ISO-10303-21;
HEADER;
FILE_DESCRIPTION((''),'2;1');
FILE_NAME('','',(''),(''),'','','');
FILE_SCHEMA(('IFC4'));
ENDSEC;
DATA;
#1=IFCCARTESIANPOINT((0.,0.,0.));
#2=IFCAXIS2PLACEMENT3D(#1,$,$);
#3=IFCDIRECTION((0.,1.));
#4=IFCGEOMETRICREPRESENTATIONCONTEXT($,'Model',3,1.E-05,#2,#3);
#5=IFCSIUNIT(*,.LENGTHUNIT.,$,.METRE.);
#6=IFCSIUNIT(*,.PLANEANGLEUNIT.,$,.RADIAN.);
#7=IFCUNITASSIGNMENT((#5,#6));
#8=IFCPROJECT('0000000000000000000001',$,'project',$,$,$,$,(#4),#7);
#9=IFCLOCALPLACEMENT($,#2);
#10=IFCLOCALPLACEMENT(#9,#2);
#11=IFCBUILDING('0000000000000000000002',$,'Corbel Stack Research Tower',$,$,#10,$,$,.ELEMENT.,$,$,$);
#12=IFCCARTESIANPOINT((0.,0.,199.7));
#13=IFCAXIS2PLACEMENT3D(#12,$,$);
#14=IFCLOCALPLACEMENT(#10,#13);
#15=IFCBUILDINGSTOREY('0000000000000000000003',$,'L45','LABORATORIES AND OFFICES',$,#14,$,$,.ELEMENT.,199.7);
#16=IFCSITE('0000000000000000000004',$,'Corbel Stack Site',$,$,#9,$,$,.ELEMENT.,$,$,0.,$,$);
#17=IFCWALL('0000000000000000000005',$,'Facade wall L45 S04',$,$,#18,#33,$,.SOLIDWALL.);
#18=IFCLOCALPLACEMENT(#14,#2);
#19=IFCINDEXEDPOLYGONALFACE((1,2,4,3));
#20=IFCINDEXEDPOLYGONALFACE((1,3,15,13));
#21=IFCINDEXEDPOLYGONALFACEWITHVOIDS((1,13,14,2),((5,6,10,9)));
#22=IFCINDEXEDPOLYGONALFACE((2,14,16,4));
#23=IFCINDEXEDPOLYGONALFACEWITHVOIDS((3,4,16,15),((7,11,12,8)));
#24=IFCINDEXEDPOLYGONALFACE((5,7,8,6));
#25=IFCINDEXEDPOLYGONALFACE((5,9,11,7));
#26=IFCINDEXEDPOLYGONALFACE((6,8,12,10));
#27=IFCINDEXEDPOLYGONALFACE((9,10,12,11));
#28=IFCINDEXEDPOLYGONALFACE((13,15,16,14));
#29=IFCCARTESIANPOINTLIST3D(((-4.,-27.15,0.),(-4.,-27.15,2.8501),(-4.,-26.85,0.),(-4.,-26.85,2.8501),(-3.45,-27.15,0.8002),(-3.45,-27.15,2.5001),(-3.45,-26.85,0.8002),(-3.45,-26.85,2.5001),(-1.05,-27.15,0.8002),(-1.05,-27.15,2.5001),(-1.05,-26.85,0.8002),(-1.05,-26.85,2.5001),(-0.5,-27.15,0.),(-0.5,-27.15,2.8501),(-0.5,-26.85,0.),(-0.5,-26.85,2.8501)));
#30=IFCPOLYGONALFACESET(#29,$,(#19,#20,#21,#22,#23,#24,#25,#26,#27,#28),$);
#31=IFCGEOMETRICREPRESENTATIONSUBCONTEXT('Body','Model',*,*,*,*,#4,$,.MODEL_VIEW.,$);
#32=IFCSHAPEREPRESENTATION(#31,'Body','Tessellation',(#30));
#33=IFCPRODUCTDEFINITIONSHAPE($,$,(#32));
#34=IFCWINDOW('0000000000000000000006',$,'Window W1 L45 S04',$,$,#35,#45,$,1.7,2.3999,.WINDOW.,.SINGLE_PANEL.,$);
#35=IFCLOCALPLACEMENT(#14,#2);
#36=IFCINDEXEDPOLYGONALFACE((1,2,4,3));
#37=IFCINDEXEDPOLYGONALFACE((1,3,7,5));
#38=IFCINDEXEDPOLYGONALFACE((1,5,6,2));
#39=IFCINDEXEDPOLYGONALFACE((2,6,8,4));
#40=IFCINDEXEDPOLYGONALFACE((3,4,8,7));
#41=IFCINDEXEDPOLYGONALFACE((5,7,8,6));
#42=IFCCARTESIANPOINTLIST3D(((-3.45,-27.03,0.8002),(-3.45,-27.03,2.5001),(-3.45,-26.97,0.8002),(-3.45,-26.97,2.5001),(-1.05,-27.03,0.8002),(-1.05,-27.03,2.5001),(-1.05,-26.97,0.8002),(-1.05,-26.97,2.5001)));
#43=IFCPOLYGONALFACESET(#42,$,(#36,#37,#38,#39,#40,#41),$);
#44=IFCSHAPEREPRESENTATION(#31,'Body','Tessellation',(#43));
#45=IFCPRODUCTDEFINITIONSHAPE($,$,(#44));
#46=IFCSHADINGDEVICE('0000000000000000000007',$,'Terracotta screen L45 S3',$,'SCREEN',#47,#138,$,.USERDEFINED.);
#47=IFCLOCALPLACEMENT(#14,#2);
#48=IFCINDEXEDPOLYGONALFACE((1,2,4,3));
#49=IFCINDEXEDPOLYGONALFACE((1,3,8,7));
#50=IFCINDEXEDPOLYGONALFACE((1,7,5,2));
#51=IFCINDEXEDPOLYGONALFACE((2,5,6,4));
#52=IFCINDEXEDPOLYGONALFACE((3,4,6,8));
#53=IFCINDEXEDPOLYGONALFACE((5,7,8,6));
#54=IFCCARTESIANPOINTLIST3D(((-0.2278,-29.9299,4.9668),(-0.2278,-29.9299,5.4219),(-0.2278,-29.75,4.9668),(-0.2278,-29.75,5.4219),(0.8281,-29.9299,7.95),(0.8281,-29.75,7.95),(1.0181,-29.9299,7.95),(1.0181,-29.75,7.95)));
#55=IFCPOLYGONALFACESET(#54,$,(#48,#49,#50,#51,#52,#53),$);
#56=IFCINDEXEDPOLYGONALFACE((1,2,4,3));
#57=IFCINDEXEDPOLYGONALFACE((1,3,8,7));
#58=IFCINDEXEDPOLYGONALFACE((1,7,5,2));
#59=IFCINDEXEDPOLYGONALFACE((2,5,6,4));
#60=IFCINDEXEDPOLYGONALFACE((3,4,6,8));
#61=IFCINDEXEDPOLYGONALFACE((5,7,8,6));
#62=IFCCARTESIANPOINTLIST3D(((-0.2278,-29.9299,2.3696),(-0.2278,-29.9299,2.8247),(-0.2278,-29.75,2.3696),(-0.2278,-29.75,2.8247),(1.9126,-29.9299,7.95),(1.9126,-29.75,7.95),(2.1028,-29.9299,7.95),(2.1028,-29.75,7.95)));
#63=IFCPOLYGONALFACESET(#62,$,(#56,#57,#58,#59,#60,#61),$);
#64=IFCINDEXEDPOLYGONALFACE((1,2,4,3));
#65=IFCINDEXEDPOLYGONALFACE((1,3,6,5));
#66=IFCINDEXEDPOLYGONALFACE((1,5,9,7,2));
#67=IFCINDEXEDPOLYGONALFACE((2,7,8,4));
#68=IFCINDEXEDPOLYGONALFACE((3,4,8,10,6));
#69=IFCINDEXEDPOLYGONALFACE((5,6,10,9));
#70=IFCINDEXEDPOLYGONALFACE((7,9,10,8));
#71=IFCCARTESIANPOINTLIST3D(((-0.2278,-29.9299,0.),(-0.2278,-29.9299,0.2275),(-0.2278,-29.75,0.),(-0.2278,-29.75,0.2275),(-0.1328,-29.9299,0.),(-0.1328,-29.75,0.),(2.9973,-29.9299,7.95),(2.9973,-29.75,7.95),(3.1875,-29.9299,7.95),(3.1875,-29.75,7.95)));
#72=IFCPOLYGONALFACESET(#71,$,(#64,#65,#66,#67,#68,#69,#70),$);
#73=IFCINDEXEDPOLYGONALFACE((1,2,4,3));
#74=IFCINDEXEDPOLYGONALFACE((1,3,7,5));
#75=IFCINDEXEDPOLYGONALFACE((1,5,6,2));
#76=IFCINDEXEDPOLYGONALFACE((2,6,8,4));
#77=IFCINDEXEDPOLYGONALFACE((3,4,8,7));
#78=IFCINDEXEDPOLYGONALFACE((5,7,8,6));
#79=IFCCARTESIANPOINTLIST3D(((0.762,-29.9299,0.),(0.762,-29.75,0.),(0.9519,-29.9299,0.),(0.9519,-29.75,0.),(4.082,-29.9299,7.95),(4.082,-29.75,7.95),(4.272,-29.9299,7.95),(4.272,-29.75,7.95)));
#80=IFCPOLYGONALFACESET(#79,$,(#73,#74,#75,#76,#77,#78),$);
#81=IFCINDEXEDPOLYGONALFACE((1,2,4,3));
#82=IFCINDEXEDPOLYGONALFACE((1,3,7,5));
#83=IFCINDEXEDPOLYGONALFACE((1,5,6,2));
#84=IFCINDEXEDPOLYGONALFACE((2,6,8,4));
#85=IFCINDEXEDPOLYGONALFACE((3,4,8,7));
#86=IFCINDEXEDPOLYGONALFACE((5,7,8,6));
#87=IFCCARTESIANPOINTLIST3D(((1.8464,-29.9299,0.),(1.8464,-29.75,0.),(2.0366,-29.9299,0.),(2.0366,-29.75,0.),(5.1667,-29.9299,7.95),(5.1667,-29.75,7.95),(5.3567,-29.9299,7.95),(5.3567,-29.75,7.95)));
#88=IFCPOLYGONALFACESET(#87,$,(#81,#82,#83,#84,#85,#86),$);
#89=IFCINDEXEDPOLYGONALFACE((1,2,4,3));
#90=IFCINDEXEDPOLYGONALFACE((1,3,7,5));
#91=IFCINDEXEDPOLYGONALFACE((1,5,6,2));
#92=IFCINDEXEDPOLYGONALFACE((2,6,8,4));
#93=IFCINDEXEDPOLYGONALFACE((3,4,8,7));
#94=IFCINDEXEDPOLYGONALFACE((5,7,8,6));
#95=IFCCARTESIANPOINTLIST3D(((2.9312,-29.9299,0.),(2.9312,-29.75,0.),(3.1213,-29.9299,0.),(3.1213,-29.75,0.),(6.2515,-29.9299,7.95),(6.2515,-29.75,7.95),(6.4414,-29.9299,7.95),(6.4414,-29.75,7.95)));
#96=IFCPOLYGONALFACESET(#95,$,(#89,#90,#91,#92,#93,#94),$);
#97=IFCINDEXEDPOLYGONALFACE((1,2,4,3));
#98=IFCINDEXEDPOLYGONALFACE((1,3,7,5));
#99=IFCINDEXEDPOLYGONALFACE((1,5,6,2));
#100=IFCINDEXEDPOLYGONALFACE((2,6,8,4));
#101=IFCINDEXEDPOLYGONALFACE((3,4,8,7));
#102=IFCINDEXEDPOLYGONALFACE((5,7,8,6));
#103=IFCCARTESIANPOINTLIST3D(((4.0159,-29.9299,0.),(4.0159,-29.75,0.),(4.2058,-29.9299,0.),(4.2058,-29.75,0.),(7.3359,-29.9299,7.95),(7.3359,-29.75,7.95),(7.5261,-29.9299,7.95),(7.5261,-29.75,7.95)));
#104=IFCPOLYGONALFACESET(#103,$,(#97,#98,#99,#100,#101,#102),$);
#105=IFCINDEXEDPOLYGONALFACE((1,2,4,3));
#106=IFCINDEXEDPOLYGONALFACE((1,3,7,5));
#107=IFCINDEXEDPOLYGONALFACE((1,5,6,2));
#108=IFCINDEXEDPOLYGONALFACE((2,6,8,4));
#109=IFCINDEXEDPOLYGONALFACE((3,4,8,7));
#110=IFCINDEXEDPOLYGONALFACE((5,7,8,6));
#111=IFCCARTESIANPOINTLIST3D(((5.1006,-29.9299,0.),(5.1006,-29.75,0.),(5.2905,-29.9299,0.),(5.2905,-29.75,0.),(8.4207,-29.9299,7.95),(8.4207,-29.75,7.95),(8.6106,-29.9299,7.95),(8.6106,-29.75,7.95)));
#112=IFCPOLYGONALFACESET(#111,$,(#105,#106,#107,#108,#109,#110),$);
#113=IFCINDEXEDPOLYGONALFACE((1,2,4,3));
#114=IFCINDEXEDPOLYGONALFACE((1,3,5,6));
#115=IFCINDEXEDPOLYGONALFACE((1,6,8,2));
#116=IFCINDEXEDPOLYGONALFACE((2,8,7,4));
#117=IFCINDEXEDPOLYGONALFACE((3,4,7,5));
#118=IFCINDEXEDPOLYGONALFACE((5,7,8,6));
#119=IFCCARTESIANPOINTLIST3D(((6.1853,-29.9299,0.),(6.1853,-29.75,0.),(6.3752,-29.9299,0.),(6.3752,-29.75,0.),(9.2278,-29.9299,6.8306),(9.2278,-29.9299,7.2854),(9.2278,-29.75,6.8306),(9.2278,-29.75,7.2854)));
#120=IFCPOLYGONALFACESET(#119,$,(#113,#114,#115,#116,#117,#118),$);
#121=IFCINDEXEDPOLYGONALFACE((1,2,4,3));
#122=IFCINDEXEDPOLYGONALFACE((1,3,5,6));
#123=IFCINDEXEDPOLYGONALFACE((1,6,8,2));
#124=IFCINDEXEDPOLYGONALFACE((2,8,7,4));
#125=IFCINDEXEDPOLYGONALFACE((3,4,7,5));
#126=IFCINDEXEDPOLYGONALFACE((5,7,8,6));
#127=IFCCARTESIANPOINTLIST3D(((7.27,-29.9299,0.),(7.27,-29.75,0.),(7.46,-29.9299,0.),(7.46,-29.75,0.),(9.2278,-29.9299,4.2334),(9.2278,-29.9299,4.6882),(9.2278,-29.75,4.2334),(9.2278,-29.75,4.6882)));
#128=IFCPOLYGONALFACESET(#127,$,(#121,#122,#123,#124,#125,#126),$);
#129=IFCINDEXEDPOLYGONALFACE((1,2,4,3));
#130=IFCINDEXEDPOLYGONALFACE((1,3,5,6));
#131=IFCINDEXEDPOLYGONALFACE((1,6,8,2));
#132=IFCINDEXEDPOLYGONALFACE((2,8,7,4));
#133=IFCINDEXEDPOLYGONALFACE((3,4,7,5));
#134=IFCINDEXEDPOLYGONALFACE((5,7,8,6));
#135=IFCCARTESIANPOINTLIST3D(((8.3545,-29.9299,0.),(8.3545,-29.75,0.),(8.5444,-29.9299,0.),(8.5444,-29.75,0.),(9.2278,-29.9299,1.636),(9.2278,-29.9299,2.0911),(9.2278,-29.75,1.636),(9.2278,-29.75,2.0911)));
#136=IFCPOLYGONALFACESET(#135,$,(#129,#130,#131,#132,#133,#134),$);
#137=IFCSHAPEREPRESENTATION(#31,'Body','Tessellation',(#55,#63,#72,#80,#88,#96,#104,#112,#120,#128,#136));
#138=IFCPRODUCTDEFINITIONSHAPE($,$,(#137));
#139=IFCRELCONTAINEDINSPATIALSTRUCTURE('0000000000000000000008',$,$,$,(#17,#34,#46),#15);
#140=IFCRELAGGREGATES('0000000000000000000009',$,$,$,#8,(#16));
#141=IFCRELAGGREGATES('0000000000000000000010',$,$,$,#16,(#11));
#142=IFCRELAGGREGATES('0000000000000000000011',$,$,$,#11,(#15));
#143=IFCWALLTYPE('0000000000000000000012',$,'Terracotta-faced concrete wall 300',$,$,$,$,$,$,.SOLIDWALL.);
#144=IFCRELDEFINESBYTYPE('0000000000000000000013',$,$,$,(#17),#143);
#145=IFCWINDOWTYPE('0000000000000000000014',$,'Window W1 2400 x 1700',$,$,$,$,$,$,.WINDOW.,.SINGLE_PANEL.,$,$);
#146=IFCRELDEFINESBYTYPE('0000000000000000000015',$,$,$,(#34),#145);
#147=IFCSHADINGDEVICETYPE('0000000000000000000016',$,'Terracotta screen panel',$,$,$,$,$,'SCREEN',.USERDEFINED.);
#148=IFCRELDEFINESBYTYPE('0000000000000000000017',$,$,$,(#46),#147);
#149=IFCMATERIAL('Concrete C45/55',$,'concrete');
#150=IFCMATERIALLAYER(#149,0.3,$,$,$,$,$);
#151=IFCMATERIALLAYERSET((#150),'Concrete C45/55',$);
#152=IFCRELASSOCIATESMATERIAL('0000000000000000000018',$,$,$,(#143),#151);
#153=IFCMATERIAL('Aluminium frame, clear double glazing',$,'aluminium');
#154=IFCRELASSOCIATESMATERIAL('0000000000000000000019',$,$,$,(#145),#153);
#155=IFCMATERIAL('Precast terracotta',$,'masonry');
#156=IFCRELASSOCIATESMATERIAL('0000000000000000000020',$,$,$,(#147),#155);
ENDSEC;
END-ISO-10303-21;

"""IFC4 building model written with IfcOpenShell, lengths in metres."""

from ifc_helpers import new_model, si_unit, direction, frame, frame_2d, origin, place, context, subcontext, project, spatial, polyline, rectangle, outline, extrude, source, transform, mapped, material, layer, layer_set, type_object, element, fill, save


model = new_model("IFC4")

# Units and contexts
model_context = context("Model", 3, precision=1e-05, world=origin(), true_north=direction((0.0, 1.0)))
body_context = subcontext(model_context, "Body", "Model", "MODEL_VIEW")
ifc_project = project(units=[si_unit("LENGTHUNIT", "METRE"), si_unit("PLANEANGLEUNIT", "RADIAN")], contexts=[model_context])

# Site, building, storey
site_placement = place(None, origin())
site = spatial("IfcSite", under=ifc_project, at=site_placement, Name="Corbel Stack Site", CompositionType="ELEMENT", RefElevation=0.0)
building_placement = place(site_placement, origin())
building = spatial("IfcBuilding", under=site, at=building_placement, Name="Corbel Stack Research Tower", CompositionType="ELEMENT")
storey_placement = place(building_placement, frame((0.0, 0.0, 199.7)))
storey = spatial("IfcBuildingStorey", under=building, at=storey_placement, Name="L45", Description="LABORATORIES AND OFFICES", CompositionType="ELEMENT", Elevation=199.7)

# Shared definitions
ifc_material_1 = material(Name="Concrete C45/55", Category="concrete")
ifc_layer_1 = layer(ifc_material_1, 0.3)
ifc_layer_set_1 = layer_set([ifc_layer_1], Name="Concrete C45/55")
wall_type_1 = type_object("IfcWallType", Name="Terracotta-faced concrete wall 300", PredefinedType="SOLIDWALL", material=ifc_layer_set_1)
ifc_material_2 = material(Name="Aluminium frame, clear double glazing", Category="aluminium")
window_type = type_object("IfcWindowType", Name="Window W1 2400 x 1700", PartitioningType="SINGLE_PANEL", PredefinedType="WINDOW", material=ifc_material_2)

# Wall, opening, window
wall_1_placement = place(storey_placement, frame((-0.5, -27.0, 0.0), z_axis=(0.0, 0.0, 1.0), x_axis=(-1.0, 0.0, 0.0)))
wall_1 = element("IfcWall", 1, at=wall_1_placement, inside=storey, type_object=wall_type_1, Name="Facade wall L45 S04", PredefinedType="SOLIDWALL", context=body_context, shape_type="SweptSolid", body=[
    extrude(rectangle(XDim=3.5, YDim=0.3, at=frame_2d((1.75, 0.0))), origin(), (0.0, 0.0, 1.0), 2.8501),
])
opening_1_placement = place(wall_1_placement, frame((0.55, 0.0, 0.8)))
opening_1 = element("IfcOpeningElement", 2, at=opening_1_placement, cuts=wall_1, PredefinedType="OPENING", context=body_context, shape_type="SweptSolid", body=[
    extrude(rectangle(XDim=2.3999, YDim=1.7, at=frame_2d((1.2, 0.8501))), frame((0.0, 0.1599, 0.0), z_axis=(0.0, -1.0, 0.0), x_axis=(1.0, 0.0, 0.0)), (0.0, 0.0, 1.0), 0.3201),
])
window_1_placement = place(opening_1_placement, origin())
window_1 = element("IfcWindow", 3, at=window_1_placement, inside=storey, type_object=window_type, Name="Window W1 L45 S04", OverallHeight=1.7, OverallWidth=2.3999, PartitioningType="SINGLE_PANEL", PredefinedType="WINDOW", context=body_context, shape_type="SweptSolid", body=[
    extrude(rectangle(XDim=2.3999, YDim=1.7, at=frame_2d((1.2, 0.8501))), frame((0.0, 0.03, 0.0), z_axis=(0.0, -1.0, 0.0), x_axis=(1.0, 0.0, 0.0)), (0.0, 0.0, 1.0), 0.0601),
])
fill(opening_1, window_1)

# Shading device
ifc_material_3 = material(Name="Precast terracotta", Category="masonry")
shading_device_type = type_object("IfcShadingDeviceType", Name="Terracotta screen panel", ElementType="SCREEN", PredefinedType="USERDEFINED", material=ifc_material_3)
shared_shape_1 = source(origin(), body_context, "Body", "SweptSolid", [
    extrude(outline(polyline([(1.2458, 7.95), (1.0559, 7.95), (0.0, 5.4219), (0.0, 4.9668), (1.2458, 7.95)])), frame((0.0, 0.0, 0.0), z_axis=(0.0, -1.0, 0.0), x_axis=(1.0, 0.0, 0.0)), (0.0, 0.0, 1.0), 0.1799),
    extrude(outline(polyline([(2.3306, 7.95), (2.1404, 7.95), (0.0, 2.8247), (0.0, 2.3696), (2.3306, 7.95)])), frame((0.0, 0.0, 0.0), z_axis=(0.0, -1.0, 0.0), x_axis=(1.0, 0.0, 0.0)), (0.0, 0.0, 1.0), 0.1799),
    extrude(outline(polyline([(0.095, 0.0), (3.4153, 7.95), (3.2251, 7.95), (0.0, 0.2275), (0.0, 0.0), (0.095, 0.0)])), frame((0.0, 0.0, 0.0), z_axis=(0.0, -1.0, 0.0), x_axis=(1.0, 0.0, 0.0)), (0.0, 0.0, 1.0), 0.1799),
    extrude(outline(polyline([(1.1797, 0.0), (4.4998, 7.95), (4.3098, 7.95), (0.9897, 0.0), (1.1797, 0.0)])), frame((0.0, 0.0, 0.0), z_axis=(0.0, -1.0, 0.0), x_axis=(1.0, 0.0, 0.0)), (0.0, 0.0, 1.0), 0.1799),
    extrude(outline(polyline([(2.2644, 0.0), (5.5845, 7.95), (5.3945, 7.95), (2.0742, 0.0), (2.2644, 0.0)])), frame((0.0, 0.0, 0.0), z_axis=(0.0, -1.0, 0.0), x_axis=(1.0, 0.0, 0.0)), (0.0, 0.0, 1.0), 0.1799),
    extrude(outline(polyline([(3.3491, 0.0), (6.6692, 7.95), (6.4792, 7.95), (3.1589, 0.0), (3.3491, 0.0)])), frame((0.0, 0.0, 0.0), z_axis=(0.0, -1.0, 0.0), x_axis=(1.0, 0.0, 0.0)), (0.0, 0.0, 1.0), 0.1799),
    extrude(outline(polyline([(4.4336, 0.0), (7.7539, 7.95), (7.5637, 7.95), (4.2437, 0.0), (4.4336, 0.0)])), frame((0.0, 0.0, 0.0), z_axis=(0.0, -1.0, 0.0), x_axis=(1.0, 0.0, 0.0)), (0.0, 0.0, 1.0), 0.1799),
    extrude(outline(polyline([(5.5183, 0.0), (8.8384, 7.95), (8.6484, 7.95), (5.3284, 0.0), (5.5183, 0.0)])), frame((0.0, 0.0, 0.0), z_axis=(0.0, -1.0, 0.0), x_axis=(1.0, 0.0, 0.0)), (0.0, 0.0, 1.0), 0.1799),
    extrude(outline(polyline([(6.603, 0.0), (9.4556, 6.8306), (9.4556, 7.2854), (6.4131, 0.0), (6.603, 0.0)])), frame((0.0, 0.0, 0.0), z_axis=(0.0, -1.0, 0.0), x_axis=(1.0, 0.0, 0.0)), (0.0, 0.0, 1.0), 0.1799),
    extrude(outline(polyline([(7.6877, 0.0), (9.4556, 4.2334), (9.4556, 4.6882), (7.4978, 0.0), (7.6877, 0.0)])), frame((0.0, 0.0, 0.0), z_axis=(0.0, -1.0, 0.0), x_axis=(1.0, 0.0, 0.0)), (0.0, 0.0, 1.0), 0.1799),
    extrude(outline(polyline([(8.7722, 0.0), (9.4556, 1.636), (9.4556, 2.0911), (8.5823, 0.0), (8.7722, 0.0)])), frame((0.0, 0.0, 0.0), z_axis=(0.0, -1.0, 0.0), x_axis=(1.0, 0.0, 0.0)), (0.0, 0.0, 1.0), 0.1799),
])
shading_device_1_placement = place(storey_placement, frame((-0.2278, -29.75, 0.0), z_axis=(0.0, 0.0, 1.0), x_axis=(1.0, 0.0, 0.0)))
element("IfcShadingDevice", 4, at=shading_device_1_placement, inside=storey, type_object=shading_device_type, Name="Terracotta screen L45 S3", ObjectType="SCREEN", PredefinedType="USERDEFINED", context=body_context, shape_type="MappedRepresentation", body=[
    mapped(shared_shape_1, transform((0.0, 0.0, 0.0))),
])

save(model, "model.ifc")
